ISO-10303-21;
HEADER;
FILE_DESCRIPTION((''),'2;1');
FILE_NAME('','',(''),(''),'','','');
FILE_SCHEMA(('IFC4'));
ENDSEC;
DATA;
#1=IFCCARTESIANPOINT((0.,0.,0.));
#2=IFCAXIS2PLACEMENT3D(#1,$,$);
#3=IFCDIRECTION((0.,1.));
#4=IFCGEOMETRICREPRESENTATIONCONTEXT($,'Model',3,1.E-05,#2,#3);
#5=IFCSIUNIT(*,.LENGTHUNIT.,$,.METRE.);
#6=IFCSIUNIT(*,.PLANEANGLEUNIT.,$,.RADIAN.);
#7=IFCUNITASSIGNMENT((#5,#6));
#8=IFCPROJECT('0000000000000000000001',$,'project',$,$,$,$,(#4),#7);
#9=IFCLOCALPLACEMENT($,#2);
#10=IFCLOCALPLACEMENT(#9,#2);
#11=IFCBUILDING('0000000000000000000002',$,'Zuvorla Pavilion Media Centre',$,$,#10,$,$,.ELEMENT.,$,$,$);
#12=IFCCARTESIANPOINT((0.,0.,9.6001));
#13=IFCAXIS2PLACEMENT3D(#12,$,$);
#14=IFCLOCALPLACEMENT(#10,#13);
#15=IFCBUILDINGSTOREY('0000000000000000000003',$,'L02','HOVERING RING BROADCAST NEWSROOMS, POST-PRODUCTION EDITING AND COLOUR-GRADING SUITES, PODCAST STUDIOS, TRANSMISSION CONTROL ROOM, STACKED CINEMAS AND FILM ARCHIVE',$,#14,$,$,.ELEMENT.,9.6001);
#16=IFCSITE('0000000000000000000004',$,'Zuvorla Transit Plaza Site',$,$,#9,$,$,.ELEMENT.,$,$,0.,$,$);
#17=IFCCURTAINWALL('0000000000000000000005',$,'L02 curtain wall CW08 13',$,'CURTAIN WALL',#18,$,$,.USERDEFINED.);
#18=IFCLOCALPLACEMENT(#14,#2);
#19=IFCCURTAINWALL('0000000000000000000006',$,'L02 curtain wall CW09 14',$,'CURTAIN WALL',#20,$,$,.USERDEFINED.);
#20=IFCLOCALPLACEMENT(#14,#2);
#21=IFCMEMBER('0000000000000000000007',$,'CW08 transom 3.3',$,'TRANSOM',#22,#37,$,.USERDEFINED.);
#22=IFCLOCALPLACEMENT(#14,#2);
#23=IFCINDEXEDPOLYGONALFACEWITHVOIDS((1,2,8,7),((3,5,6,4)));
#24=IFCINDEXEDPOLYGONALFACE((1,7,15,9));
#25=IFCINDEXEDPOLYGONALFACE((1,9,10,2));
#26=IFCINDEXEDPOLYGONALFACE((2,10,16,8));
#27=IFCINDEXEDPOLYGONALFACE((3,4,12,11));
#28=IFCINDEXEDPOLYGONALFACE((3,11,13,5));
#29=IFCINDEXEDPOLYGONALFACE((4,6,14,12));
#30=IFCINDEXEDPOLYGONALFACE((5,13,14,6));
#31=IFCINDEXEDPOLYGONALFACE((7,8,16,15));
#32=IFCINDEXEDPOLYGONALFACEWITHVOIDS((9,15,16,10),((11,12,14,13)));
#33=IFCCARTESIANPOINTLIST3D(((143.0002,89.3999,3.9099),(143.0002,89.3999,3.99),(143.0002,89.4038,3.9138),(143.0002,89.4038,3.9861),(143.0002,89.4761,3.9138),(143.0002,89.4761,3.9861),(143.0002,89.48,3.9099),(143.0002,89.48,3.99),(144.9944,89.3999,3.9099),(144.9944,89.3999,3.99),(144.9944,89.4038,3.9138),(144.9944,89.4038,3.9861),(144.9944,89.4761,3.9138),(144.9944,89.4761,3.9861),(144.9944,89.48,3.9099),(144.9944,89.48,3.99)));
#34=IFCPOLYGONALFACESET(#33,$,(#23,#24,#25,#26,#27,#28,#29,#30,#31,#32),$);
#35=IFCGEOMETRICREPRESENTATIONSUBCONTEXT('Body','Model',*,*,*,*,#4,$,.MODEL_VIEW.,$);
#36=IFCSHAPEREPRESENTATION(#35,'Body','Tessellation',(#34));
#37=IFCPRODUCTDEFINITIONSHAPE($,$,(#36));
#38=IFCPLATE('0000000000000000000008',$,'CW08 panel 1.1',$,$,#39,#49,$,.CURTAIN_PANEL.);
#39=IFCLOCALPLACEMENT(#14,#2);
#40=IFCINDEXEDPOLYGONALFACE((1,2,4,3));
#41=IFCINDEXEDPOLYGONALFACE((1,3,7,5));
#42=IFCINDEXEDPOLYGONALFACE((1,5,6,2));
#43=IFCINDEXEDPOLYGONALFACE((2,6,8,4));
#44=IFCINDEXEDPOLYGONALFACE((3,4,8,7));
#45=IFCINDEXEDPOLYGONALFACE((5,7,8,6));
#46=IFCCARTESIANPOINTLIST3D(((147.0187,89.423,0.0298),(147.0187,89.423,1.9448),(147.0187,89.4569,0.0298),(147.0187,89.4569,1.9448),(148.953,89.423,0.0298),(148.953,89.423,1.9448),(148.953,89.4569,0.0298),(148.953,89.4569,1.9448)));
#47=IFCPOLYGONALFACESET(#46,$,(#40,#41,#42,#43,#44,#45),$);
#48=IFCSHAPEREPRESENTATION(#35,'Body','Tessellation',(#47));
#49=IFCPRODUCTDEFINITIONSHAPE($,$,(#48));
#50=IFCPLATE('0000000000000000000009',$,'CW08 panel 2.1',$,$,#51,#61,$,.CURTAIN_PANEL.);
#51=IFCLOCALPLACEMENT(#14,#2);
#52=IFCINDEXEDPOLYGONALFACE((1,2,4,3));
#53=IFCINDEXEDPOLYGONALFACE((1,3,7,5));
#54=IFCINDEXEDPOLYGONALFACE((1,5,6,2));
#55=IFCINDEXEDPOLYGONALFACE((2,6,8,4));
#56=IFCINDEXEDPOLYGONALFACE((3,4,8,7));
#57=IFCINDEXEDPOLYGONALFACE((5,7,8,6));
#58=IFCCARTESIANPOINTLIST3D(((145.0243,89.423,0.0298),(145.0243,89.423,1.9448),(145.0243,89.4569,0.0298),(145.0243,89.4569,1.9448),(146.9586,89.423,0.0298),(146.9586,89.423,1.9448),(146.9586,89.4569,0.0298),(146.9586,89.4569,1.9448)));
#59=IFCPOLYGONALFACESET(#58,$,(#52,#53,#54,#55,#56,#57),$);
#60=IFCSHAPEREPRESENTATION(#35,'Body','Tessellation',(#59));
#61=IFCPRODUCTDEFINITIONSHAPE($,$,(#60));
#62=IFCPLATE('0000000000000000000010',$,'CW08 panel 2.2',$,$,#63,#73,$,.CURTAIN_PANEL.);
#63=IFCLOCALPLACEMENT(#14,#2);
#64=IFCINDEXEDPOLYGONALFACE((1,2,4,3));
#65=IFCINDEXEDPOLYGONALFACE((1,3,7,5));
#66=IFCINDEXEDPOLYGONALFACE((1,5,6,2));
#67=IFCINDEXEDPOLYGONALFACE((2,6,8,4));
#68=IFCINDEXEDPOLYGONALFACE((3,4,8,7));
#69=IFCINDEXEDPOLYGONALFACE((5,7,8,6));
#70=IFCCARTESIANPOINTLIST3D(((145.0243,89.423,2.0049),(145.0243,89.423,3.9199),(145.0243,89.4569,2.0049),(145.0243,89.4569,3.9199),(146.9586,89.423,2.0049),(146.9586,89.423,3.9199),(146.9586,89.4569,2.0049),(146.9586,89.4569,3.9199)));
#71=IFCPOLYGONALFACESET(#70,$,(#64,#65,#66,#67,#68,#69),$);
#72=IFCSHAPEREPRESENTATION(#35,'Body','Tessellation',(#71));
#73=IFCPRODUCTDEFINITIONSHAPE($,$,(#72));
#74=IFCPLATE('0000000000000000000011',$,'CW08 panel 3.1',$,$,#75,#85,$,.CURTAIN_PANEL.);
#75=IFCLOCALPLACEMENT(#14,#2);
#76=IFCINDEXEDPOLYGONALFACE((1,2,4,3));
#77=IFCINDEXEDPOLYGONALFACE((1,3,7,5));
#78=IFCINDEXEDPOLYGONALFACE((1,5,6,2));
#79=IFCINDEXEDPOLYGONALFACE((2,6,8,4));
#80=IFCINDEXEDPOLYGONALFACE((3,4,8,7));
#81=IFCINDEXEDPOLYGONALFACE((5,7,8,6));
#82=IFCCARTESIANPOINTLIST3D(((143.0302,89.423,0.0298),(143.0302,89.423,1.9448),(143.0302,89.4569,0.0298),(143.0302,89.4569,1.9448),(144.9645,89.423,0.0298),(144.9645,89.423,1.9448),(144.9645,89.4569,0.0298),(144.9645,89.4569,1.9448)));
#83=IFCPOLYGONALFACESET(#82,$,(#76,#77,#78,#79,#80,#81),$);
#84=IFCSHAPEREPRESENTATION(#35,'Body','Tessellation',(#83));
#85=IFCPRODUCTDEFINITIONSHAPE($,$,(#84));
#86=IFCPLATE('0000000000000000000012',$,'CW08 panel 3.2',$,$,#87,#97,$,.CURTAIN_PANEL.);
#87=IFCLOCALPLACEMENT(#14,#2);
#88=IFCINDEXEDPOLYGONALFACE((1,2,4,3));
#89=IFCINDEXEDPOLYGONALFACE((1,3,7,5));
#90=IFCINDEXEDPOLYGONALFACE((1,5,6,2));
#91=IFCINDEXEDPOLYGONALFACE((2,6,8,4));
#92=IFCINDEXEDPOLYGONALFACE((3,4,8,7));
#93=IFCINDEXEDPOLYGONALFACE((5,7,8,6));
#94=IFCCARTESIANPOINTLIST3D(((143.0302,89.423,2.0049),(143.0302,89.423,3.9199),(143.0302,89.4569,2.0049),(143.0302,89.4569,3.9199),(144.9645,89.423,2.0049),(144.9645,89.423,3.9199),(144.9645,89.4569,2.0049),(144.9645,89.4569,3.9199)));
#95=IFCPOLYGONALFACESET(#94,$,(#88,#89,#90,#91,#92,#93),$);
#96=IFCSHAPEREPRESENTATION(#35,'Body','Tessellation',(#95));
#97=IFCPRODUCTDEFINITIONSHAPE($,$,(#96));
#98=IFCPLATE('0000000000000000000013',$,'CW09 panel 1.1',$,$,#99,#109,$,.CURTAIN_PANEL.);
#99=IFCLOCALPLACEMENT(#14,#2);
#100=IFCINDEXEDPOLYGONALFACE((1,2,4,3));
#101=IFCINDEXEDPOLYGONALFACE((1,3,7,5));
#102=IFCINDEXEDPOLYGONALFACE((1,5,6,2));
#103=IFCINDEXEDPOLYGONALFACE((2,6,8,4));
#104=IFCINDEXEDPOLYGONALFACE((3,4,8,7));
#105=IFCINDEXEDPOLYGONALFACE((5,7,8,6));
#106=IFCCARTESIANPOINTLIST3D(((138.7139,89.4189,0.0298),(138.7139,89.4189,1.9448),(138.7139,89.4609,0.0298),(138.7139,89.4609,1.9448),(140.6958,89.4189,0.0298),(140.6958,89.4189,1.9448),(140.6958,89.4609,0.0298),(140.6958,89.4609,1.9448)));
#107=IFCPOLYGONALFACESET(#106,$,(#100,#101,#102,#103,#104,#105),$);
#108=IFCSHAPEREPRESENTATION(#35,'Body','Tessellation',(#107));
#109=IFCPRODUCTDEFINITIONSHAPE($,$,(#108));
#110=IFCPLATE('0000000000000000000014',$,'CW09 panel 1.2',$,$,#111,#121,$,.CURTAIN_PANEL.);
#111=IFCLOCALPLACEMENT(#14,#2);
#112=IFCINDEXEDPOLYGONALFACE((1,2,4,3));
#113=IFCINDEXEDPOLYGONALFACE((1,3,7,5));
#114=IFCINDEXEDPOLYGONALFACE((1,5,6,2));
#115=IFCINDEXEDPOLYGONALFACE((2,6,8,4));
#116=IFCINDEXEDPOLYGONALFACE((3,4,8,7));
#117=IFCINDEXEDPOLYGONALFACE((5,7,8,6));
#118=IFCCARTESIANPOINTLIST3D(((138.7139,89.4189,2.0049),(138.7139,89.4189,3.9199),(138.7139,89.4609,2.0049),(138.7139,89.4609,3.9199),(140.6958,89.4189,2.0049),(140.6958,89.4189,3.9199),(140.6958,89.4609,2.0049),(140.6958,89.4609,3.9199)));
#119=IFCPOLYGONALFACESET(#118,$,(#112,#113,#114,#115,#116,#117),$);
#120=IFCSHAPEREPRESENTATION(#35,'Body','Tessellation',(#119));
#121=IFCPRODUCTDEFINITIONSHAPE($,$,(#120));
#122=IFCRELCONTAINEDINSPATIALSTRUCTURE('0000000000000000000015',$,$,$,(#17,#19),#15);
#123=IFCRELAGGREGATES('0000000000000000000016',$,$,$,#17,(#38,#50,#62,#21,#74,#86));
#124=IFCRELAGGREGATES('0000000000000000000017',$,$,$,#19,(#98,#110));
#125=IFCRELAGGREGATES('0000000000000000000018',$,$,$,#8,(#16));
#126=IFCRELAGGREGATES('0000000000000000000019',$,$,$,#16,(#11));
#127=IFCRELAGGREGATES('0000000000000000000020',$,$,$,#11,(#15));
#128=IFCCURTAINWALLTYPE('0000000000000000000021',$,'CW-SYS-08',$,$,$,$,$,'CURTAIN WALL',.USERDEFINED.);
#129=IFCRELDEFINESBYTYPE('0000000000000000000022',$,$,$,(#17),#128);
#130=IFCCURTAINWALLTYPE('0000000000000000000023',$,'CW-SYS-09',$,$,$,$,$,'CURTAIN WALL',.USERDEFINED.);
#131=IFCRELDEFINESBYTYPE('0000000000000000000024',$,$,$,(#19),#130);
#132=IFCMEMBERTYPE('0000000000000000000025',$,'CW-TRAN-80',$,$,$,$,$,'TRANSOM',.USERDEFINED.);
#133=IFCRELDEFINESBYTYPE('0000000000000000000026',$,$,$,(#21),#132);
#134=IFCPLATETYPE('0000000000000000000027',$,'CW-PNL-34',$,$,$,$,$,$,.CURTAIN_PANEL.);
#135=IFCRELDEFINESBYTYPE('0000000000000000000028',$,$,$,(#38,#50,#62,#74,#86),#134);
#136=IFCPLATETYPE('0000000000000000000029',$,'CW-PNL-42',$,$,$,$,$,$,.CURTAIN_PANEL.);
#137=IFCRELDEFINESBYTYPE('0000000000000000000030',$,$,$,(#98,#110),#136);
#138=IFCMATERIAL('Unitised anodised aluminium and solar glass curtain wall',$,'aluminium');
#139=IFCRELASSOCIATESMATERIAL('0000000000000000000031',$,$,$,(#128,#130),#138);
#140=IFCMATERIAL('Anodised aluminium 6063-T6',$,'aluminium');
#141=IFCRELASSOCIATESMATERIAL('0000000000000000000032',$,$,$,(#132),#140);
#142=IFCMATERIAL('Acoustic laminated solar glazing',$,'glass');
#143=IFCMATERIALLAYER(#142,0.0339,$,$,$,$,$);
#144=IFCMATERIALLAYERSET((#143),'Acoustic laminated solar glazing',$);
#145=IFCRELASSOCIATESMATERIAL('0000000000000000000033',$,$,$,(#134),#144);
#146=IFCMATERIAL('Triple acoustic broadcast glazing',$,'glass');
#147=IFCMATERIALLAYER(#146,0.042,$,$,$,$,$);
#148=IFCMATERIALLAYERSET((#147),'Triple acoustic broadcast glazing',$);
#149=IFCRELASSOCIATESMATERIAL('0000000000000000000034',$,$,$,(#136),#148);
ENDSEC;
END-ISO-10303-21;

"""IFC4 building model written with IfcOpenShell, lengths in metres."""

from ifc_helpers import new_model, si_unit, direction, frame, origin, origin_2d, place, context, subcontext, project, spatial, rectangle, hollow_rectangle, extrude, material, layer, layer_set, material_profile, profile_set, type_object, element, aggregate, save


model = new_model("IFC4")

# Units and contexts
model_context = context("Model", 3, precision=1e-05, world=origin(), true_north=direction((0.0, 1.0)))
body_context = subcontext(model_context, "Body", "Model", "MODEL_VIEW")
ifc_project = project(units=[si_unit("LENGTHUNIT", "METRE"), si_unit("PLANEANGLEUNIT", "RADIAN")], contexts=[model_context])

# Site, building, storey
site_placement = place(None, origin())
site = spatial("IfcSite", under=ifc_project, at=site_placement, Name="Zuvorla Transit Plaza Site", CompositionType="ELEMENT", RefElevation=0.0)
building_placement = place(site_placement, origin())
building = spatial("IfcBuilding", under=site, at=building_placement, Name="Zuvorla Pavilion Media Centre", CompositionType="ELEMENT")
storey_placement = place(building_placement, frame((0.0, 0.0, 9.6001)))
storey = spatial("IfcBuildingStorey", under=building, at=storey_placement, Name="L02", Description="HOVERING RING BROADCAST NEWSROOMS, POST-PRODUCTION EDITING AND COLOUR-GRADING SUITES, PODCAST STUDIOS, TRANSMISSION CONTROL ROOM, STACKED CINEMAS AND FILM ARCHIVE", CompositionType="ELEMENT", Elevation=9.6001)

# Curtain walls
ifc_material_1 = material(Name="Unitised anodised aluminium and solar glass curtain wall", Category="aluminium")
curtain_wall_type_1 = type_object("IfcCurtainWallType", Name="CW-SYS-08", ElementType="CURTAIN WALL", PredefinedType="USERDEFINED", material=ifc_material_1)
curtain_wall_1_placement = place(storey_placement, origin())
curtain_wall_1 = element("IfcCurtainWall", 1, at=curtain_wall_1_placement, inside=storey, type_object=curtain_wall_type_1, Name="L02 curtain wall CW08 13", ObjectType="CURTAIN WALL", PredefinedType="USERDEFINED")
ifc_material_2 = material(Name="Anodised aluminium 6063-T6", Category="aluminium")
curtain_wall_type_2 = type_object("IfcCurtainWallType", Name="CW-SYS-09", ElementType="CURTAIN WALL", PredefinedType="USERDEFINED", material=ifc_material_1)
curtain_wall_2_placement = place(storey_placement, origin())
curtain_wall_2 = element("IfcCurtainWall", 2, at=curtain_wall_2_placement, inside=storey, type_object=curtain_wall_type_2, Name="L02 curtain wall CW09 14", ObjectType="CURTAIN WALL", PredefinedType="USERDEFINED")

# Member
ifc_material_profile_1 = material_profile(ifc_material_2, hollow_rectangle(XDim=0.0801, YDim=0.0801, WallThickness=0.0039, at=origin_2d()), Name="ALU TRAN 80x80")
ifc_profile_set_1 = profile_set([ifc_material_profile_1], Name="Anodised aluminium 6063-T6")
member_type_1 = type_object("IfcMemberType", Name="CW-TRAN-80", ElementType="TRANSOM", PredefinedType="USERDEFINED", material=ifc_profile_set_1)
member_1_placement = place(storey_placement, frame((144.9944, 89.4399, 3.95), z_axis=(-1.0, 0.0, 0.0), x_axis=(0.0, -1.0, 0.0)))
member_1 = element("IfcMember", 3, at=member_1_placement, type_object=member_type_1, Name="CW08 transom 3.3", ObjectType="TRANSOM", PredefinedType="USERDEFINED", context=body_context, shape_type="SweptSolid", body=[
    extrude(hollow_rectangle(XDim=0.0801, YDim=0.0801, WallThickness=0.0039, at=origin_2d()), origin(), (0.0, 0.0, 1.0), 1.9941),
])

# Plates
ifc_material_3 = material(Name="Acoustic laminated solar glazing", Category="glass")
ifc_layer_1 = layer(ifc_material_3, 0.0339)
ifc_layer_set_1 = layer_set([ifc_layer_1], Name="Acoustic laminated solar glazing")
plate_type_1 = type_object("IfcPlateType", Name="CW-PNL-34", PredefinedType="CURTAIN_PANEL", material=ifc_layer_set_1)
plate_1_placement = place(storey_placement, frame((147.9858, 89.4399, 0.0298), z_axis=(0.0, 0.0, 1.0), x_axis=(-1.0, 0.0, 0.0)))
plate_1 = element("IfcPlate", 4, at=plate_1_placement, type_object=plate_type_1, Name="CW08 panel 1.1", PredefinedType="CURTAIN_PANEL", context=body_context, shape_type="SweptSolid", body=[
    extrude(rectangle(XDim=1.9343, YDim=0.0339, at=origin_2d()), origin(), (0.0, 0.0, 1.0), 1.915),
])
plate_2_placement = place(storey_placement, frame((145.9915, 89.4399, 0.0298), z_axis=(0.0, 0.0, 1.0), x_axis=(-1.0, 0.0, 0.0)))
plate_2 = element("IfcPlate", 5, at=plate_2_placement, type_object=plate_type_1, Name="CW08 panel 2.1", PredefinedType="CURTAIN_PANEL", context=body_context, shape_type="SweptSolid", body=[
    extrude(rectangle(XDim=1.9343, YDim=0.0339, at=origin_2d()), origin(), (0.0, 0.0, 1.0), 1.915),
])
plate_3_placement = place(storey_placement, frame((145.9915, 89.4399, 2.0049), z_axis=(0.0, 0.0, 1.0), x_axis=(-1.0, 0.0, 0.0)))
plate_3 = element("IfcPlate", 6, at=plate_3_placement, type_object=plate_type_1, Name="CW08 panel 2.2", PredefinedType="CURTAIN_PANEL", context=body_context, shape_type="SweptSolid", body=[
    extrude(rectangle(XDim=1.9343, YDim=0.0339, at=origin_2d()), origin(), (0.0, 0.0, 1.0), 1.915),
])
plate_4_placement = place(storey_placement, frame((143.9973, 89.4399, 0.0298), z_axis=(0.0, 0.0, 1.0), x_axis=(-1.0, 0.0, 0.0)))
plate_4 = element("IfcPlate", 7, at=plate_4_placement, type_object=plate_type_1, Name="CW08 panel 3.1", PredefinedType="CURTAIN_PANEL", context=body_context, shape_type="SweptSolid", body=[
    extrude(rectangle(XDim=1.9343, YDim=0.0339, at=origin_2d()), origin(), (0.0, 0.0, 1.0), 1.915),
])
plate_5_placement = place(storey_placement, frame((143.9973, 89.4399, 2.0049), z_axis=(0.0, 0.0, 1.0), x_axis=(-1.0, 0.0, 0.0)))
plate_5 = element("IfcPlate", 8, at=plate_5_placement, type_object=plate_type_1, Name="CW08 panel 3.2", PredefinedType="CURTAIN_PANEL", context=body_context, shape_type="SweptSolid", body=[
    extrude(rectangle(XDim=1.9343, YDim=0.0339, at=origin_2d()), origin(), (0.0, 0.0, 1.0), 1.915),
])
aggregate(curtain_wall_1, [plate_1, plate_2, plate_3, member_1, plate_4, plate_5])
ifc_material_4 = material(Name="Triple acoustic broadcast glazing", Category="glass")
ifc_layer_2 = layer(ifc_material_4, 0.042)
ifc_layer_set_2 = layer_set([ifc_layer_2], Name="Triple acoustic broadcast glazing")
plate_type_2 = type_object("IfcPlateType", Name="CW-PNL-42", PredefinedType="CURTAIN_PANEL", material=ifc_layer_set_2)
plate_6_placement = place(storey_placement, frame((139.7048, 89.4399, 0.0298), z_axis=(0.0, 0.0, 1.0), x_axis=(-1.0, 0.0, 0.0)))
plate_6 = element("IfcPlate", 9, at=plate_6_placement, type_object=plate_type_2, Name="CW09 panel 1.1", PredefinedType="CURTAIN_PANEL", context=body_context, shape_type="SweptSolid", body=[
    extrude(rectangle(XDim=1.9819, YDim=0.042, at=origin_2d()), origin(), (0.0, 0.0, 1.0), 1.915),
])
plate_7_placement = place(storey_placement, frame((139.7048, 89.4399, 2.0049), z_axis=(0.0, 0.0, 1.0), x_axis=(-1.0, 0.0, 0.0)))
plate_7 = element("IfcPlate", 10, at=plate_7_placement, type_object=plate_type_2, Name="CW09 panel 1.2", PredefinedType="CURTAIN_PANEL", context=body_context, shape_type="SweptSolid", body=[
    extrude(rectangle(XDim=1.9819, YDim=0.042, at=origin_2d()), origin(), (0.0, 0.0, 1.0), 1.915),
])
aggregate(curtain_wall_2, [plate_6, plate_7])

save(model, "model.ifc")
